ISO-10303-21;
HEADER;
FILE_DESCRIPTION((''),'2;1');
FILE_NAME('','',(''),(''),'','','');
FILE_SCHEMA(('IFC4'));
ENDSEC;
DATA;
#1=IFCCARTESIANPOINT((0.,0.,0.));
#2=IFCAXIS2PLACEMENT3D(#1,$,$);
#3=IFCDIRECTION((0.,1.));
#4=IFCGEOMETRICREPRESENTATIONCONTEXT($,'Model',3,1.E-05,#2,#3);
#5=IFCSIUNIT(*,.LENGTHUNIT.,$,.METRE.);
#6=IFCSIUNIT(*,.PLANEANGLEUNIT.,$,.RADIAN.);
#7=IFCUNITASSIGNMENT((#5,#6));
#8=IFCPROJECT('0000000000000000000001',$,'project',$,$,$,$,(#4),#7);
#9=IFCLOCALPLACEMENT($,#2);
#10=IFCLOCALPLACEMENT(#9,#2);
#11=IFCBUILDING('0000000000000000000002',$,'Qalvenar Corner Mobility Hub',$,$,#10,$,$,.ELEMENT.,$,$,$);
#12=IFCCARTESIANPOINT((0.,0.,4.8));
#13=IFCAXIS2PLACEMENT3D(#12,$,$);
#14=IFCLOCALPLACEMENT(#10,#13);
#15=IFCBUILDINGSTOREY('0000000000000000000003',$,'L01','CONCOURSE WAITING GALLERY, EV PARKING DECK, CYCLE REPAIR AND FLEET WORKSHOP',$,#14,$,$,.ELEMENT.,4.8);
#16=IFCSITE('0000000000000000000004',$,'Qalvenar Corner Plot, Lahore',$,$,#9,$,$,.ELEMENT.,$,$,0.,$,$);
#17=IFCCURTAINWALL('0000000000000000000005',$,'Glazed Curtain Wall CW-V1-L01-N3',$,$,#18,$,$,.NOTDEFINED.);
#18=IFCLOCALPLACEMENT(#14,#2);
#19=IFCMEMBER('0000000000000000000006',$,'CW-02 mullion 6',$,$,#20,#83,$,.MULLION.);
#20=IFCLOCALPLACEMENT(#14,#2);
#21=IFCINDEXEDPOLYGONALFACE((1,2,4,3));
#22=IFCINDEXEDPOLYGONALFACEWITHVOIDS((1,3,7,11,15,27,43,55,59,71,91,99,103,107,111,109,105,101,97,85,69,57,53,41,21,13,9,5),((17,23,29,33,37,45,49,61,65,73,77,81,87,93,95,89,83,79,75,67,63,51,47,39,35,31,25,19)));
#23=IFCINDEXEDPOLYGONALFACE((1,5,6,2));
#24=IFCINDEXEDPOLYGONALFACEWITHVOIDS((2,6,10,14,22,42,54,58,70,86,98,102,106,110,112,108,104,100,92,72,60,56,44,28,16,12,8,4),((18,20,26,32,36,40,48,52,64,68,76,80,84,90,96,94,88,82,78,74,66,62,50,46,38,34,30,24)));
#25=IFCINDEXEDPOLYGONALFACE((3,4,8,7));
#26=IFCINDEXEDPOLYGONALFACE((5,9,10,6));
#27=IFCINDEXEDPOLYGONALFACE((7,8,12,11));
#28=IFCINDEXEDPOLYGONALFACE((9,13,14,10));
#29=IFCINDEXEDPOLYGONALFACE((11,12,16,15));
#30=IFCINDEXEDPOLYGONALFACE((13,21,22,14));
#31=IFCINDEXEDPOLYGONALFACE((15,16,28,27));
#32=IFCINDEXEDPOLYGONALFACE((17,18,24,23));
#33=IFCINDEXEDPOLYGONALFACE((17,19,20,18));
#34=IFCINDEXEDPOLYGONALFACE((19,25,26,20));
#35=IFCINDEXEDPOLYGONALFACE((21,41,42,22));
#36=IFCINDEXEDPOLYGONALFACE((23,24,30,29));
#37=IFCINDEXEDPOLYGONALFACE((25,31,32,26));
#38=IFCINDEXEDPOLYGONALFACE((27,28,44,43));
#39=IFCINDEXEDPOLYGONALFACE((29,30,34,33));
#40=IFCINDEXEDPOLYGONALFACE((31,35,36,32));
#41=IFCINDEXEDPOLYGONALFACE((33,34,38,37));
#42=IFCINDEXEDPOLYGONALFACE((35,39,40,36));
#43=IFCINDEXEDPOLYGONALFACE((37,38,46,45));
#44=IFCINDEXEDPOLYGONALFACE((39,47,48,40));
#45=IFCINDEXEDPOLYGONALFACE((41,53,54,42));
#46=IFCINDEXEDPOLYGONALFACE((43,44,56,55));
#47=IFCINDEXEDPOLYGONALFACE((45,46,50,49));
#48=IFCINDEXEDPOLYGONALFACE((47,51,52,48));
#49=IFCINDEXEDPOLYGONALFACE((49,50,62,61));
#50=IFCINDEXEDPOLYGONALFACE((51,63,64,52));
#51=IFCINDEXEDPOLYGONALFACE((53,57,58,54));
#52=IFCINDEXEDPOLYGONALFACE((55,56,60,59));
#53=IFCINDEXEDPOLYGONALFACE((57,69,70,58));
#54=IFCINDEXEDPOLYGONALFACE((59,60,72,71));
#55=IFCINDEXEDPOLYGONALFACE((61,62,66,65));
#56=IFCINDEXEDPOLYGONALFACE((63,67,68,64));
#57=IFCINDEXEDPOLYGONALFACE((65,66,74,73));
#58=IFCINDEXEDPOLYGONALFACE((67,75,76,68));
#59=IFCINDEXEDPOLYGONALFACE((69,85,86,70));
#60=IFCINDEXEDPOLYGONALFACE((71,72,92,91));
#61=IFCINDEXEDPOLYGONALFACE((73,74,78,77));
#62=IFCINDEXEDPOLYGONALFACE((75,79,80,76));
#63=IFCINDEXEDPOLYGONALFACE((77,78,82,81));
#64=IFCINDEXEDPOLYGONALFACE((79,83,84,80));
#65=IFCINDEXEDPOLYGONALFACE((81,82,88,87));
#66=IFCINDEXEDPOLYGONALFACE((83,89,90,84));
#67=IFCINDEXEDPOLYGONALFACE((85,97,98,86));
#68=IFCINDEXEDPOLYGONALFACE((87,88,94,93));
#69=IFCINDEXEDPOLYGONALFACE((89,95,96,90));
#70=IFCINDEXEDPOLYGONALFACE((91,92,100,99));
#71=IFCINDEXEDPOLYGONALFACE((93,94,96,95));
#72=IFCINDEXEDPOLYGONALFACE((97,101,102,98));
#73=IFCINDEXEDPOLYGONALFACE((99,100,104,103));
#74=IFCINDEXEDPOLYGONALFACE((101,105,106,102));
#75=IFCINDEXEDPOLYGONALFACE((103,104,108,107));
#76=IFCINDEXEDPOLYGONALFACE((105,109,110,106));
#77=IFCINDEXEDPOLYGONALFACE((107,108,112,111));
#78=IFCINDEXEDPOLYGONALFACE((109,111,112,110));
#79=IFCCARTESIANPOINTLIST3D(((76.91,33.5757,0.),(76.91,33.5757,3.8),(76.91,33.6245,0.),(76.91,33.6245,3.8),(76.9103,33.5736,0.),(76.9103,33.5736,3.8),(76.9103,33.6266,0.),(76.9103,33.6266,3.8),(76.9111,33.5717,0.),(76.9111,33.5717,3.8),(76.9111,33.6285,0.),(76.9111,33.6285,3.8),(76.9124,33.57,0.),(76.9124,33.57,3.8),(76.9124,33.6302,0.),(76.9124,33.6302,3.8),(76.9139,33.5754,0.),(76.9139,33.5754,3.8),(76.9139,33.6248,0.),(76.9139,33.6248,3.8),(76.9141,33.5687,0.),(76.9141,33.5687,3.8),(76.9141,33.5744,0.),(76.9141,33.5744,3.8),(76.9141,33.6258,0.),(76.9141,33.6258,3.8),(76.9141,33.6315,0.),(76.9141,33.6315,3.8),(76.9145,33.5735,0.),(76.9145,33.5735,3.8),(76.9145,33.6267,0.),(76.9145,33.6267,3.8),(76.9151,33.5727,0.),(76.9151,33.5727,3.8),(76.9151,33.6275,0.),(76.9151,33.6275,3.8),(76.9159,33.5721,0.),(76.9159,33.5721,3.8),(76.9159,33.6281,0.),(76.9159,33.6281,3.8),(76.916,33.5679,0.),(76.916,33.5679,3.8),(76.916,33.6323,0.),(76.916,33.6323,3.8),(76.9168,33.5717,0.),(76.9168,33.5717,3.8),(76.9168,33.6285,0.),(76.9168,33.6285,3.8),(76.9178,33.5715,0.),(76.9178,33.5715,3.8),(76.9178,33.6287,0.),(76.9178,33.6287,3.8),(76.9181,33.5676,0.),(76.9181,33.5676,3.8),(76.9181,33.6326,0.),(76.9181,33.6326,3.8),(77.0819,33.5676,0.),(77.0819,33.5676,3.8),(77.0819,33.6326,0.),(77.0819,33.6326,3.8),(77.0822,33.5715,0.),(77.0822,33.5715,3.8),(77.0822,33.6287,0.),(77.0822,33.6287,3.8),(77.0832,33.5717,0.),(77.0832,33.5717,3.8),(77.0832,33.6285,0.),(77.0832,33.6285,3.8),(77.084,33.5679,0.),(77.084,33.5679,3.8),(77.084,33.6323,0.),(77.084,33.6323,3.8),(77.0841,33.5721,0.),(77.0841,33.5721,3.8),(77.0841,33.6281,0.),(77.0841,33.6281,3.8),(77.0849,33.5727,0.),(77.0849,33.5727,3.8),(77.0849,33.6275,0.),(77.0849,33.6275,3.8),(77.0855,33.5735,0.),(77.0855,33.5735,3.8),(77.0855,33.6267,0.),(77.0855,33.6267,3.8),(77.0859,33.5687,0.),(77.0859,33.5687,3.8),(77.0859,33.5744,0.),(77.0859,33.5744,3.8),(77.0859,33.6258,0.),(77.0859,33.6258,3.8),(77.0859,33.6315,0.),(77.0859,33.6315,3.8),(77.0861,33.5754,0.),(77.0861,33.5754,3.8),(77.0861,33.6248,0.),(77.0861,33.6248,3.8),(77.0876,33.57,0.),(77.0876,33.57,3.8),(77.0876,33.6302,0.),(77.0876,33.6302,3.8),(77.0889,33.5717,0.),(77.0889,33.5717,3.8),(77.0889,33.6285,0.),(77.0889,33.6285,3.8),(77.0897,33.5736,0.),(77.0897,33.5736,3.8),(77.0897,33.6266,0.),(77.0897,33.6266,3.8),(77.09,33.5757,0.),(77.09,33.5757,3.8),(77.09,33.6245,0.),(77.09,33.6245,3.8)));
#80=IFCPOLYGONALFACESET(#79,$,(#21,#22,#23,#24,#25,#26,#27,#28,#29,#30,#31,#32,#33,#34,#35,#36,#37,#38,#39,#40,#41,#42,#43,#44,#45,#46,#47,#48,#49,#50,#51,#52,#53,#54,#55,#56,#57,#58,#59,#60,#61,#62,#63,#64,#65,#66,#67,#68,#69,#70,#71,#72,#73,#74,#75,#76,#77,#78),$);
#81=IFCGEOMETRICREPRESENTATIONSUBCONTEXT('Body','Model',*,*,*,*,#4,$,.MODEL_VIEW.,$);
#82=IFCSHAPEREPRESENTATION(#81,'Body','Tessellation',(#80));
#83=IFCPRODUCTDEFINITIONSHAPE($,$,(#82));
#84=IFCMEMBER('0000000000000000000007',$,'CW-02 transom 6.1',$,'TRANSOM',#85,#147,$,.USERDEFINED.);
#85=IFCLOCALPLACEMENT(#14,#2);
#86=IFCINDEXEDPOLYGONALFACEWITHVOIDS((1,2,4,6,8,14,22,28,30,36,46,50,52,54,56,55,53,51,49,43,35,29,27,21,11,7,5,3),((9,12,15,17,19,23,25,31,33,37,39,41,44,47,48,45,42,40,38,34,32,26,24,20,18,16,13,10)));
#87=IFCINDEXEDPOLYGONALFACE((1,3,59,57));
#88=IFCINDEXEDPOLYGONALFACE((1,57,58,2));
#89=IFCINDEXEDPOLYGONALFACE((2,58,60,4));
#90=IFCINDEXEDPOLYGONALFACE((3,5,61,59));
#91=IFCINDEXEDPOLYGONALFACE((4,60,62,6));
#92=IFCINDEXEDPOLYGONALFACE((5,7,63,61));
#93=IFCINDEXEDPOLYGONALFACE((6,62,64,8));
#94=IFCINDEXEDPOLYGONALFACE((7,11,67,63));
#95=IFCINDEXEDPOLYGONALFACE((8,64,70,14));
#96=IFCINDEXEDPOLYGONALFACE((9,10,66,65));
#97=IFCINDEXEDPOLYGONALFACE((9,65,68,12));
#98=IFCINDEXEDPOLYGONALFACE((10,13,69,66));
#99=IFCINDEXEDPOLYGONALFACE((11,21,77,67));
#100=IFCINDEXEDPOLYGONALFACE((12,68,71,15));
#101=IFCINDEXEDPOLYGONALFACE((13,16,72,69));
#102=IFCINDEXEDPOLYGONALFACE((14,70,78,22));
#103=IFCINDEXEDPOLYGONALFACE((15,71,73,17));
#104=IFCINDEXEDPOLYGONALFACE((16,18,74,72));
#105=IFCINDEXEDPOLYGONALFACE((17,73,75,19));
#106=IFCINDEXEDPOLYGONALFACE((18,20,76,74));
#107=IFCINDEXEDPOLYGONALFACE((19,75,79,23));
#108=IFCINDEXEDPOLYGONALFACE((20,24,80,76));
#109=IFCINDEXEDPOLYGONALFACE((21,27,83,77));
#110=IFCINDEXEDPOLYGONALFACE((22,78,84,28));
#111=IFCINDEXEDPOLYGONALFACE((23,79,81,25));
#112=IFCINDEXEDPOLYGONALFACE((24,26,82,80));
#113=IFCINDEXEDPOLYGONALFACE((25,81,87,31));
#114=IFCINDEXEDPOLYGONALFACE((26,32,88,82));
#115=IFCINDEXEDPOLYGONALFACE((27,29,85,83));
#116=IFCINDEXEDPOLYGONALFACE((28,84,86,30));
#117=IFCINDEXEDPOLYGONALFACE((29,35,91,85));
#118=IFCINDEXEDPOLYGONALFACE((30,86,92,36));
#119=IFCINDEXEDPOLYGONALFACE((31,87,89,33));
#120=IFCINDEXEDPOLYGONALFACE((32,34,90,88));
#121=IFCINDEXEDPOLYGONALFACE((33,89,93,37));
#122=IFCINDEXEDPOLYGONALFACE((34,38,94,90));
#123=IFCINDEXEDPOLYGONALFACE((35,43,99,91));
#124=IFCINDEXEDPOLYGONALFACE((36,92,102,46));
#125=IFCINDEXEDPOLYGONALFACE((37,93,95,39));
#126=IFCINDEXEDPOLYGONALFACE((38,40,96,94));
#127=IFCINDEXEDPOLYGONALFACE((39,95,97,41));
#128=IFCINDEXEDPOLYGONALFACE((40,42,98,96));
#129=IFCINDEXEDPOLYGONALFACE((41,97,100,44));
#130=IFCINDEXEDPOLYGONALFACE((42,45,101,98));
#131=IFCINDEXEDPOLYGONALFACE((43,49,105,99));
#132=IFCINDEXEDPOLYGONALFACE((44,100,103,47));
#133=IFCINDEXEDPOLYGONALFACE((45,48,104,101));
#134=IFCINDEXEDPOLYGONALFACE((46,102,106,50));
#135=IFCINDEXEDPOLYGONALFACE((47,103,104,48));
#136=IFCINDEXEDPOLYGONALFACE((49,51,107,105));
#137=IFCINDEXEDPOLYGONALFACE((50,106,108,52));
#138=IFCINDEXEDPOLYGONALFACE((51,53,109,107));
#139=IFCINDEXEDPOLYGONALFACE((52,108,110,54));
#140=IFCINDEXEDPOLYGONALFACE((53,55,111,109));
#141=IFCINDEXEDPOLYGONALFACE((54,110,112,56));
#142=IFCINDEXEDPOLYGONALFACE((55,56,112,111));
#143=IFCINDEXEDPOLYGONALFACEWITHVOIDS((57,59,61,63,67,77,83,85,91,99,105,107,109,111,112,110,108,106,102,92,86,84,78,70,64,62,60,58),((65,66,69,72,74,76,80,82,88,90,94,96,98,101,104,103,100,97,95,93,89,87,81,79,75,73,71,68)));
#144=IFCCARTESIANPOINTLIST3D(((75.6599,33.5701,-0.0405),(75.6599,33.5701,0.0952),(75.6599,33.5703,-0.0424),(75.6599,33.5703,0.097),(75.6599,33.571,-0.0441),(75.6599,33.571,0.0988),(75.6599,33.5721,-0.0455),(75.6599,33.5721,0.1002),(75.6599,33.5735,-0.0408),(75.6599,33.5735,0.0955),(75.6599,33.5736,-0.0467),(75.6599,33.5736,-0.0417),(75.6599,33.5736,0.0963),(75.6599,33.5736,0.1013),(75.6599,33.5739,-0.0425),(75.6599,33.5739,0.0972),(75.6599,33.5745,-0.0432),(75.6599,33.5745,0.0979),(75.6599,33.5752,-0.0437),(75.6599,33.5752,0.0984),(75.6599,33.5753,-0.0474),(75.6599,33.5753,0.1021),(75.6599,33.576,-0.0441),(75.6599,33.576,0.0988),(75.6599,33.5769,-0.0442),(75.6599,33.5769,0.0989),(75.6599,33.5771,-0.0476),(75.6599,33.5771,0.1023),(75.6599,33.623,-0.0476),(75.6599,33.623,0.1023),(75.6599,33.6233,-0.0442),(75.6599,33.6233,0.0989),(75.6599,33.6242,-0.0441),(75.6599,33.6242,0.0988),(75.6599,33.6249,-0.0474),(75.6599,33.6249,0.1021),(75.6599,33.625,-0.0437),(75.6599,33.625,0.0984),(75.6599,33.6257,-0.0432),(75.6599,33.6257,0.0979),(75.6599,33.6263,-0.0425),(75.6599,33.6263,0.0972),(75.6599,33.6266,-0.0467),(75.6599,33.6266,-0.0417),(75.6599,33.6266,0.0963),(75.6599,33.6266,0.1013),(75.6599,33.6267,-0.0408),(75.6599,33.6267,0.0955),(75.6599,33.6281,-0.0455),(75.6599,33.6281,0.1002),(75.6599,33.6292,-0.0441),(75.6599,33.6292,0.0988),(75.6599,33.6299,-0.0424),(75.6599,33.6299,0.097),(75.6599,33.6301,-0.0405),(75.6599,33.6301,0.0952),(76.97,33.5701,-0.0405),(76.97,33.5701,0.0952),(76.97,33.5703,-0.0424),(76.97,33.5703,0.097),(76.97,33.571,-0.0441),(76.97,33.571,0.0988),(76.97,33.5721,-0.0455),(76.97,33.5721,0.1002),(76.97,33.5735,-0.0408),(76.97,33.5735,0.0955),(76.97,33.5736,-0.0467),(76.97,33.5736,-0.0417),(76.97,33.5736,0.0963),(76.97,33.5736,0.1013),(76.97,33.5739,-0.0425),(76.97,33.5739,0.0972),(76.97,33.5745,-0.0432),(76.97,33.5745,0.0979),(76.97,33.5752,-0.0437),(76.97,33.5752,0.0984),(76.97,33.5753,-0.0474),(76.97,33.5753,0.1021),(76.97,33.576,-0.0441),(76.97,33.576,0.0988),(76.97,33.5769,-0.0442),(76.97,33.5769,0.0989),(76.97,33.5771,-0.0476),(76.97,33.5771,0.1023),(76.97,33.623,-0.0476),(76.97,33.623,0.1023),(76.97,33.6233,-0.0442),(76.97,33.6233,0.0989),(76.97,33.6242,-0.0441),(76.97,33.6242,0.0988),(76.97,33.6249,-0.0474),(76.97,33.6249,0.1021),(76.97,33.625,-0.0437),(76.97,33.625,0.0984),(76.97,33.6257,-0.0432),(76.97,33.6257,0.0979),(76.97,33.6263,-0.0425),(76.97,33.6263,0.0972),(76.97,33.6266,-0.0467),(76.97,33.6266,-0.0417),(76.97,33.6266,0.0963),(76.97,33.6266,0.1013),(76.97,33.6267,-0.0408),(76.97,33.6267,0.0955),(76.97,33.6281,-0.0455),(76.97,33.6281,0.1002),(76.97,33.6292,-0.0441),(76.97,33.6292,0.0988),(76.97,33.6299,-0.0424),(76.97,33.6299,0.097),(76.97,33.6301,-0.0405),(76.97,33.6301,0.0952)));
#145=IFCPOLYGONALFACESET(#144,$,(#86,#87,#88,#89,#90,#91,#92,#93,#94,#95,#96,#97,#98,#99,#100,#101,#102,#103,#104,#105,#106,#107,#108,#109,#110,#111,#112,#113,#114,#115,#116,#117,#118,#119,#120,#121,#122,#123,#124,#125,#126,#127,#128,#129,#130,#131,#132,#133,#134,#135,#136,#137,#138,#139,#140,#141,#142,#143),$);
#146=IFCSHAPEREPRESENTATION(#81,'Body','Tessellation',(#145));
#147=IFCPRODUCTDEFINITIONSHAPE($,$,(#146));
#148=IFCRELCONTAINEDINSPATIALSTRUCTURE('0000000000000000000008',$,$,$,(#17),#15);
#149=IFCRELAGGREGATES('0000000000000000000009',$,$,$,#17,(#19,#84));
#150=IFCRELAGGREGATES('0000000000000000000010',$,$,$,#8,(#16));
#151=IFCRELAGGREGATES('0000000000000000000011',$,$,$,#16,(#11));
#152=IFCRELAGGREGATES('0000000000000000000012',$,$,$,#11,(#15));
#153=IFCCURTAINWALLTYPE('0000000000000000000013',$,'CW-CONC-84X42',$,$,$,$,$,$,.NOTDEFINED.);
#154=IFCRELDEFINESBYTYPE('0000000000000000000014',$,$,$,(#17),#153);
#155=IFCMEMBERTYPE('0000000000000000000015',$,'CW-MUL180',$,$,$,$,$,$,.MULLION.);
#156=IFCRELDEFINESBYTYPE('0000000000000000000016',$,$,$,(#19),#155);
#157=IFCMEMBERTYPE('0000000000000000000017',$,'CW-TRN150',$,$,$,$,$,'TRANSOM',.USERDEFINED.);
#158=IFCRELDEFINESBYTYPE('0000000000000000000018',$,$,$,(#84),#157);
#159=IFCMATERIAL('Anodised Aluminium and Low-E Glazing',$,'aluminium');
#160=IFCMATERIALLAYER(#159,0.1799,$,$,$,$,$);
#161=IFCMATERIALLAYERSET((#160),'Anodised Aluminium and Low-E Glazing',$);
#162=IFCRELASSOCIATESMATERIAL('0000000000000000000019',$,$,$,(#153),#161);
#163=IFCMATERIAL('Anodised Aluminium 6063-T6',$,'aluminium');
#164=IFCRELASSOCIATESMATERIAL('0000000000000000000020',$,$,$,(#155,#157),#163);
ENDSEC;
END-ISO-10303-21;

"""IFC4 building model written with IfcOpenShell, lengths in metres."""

from ifc_helpers import new_model, si_unit, direction, frame, origin, origin_2d, place, context, subcontext, project, spatial, hollow_rectangle, extrude, material, layer, layer_set, material_profile, profile_set, type_object, element, aggregate, save


model = new_model("IFC4")

# Units and contexts
model_context = context("Model", 3, precision=1e-05, world=origin(), true_north=direction((0.0, 1.0)))
body_context = subcontext(model_context, "Body", "Model", "MODEL_VIEW")
ifc_project = project(units=[si_unit("LENGTHUNIT", "METRE"), si_unit("PLANEANGLEUNIT", "RADIAN")], contexts=[model_context])

# Site, building, storey
site_placement = place(None, origin())
site = spatial("IfcSite", under=ifc_project, at=site_placement, Name="Qalvenar Corner Plot, Lahore", CompositionType="ELEMENT", RefElevation=0.0)
building_placement = place(site_placement, origin())
building = spatial("IfcBuilding", under=site, at=building_placement, Name="Qalvenar Corner Mobility Hub", CompositionType="ELEMENT")
storey_placement = place(building_placement, frame((0.0, 0.0, 4.8)))
storey = spatial("IfcBuildingStorey", under=building, at=storey_placement, Name="L01", Description="CONCOURSE WAITING GALLERY, EV PARKING DECK, CYCLE REPAIR AND FLEET WORKSHOP", CompositionType="ELEMENT", Elevation=4.8)

# Curtain wall, members
ifc_material_1 = material(Name="Anodised Aluminium and Low-E Glazing", Category="aluminium")
ifc_layer_1 = layer(ifc_material_1, 0.1799)
ifc_layer_set_1 = layer_set([ifc_layer_1], Name="Anodised Aluminium and Low-E Glazing")
curtain_wall_type = type_object("IfcCurtainWallType", Name="CW-CONC-84X42", PredefinedType="NOTDEFINED", material=ifc_layer_set_1)
curtain_wall_placement = place(storey_placement, origin())
curtain_wall = element("IfcCurtainWall", 1, at=curtain_wall_placement, inside=storey, type_object=curtain_wall_type, Name="Glazed Curtain Wall CW-V1-L01-N3", PredefinedType="NOTDEFINED")
ifc_material_2 = material(Name="Anodised Aluminium 6063-T6", Category="aluminium")
ifc_material_profile_1 = material_profile(ifc_material_2, hollow_rectangle(XDim=0.0649, YDim=0.1799, WallThickness=0.0039, InnerFilletRadius=0.0039, OuterFilletRadius=0.0081, at=origin_2d()), Name="RHS180x65x4")
ifc_profile_set_1 = profile_set([ifc_material_profile_1], Name="Anodised Aluminium 6063-T6")
member_type_1 = type_object("IfcMemberType", Name="CW-MUL180", PredefinedType="MULLION", material=ifc_profile_set_1)
member_1_placement = place(storey_placement, frame((77.0, 33.6001, 0.0), z_axis=(0.0, 0.0, 1.0), x_axis=(0.0, -1.0, 0.0)))
member_1 = element("IfcMember", 2, at=member_1_placement, type_object=member_type_1, Name="CW-02 mullion 6", PredefinedType="MULLION", context=body_context, shape_type="SweptSolid", body=[
    extrude(hollow_rectangle(XDim=0.0649, YDim=0.1799, WallThickness=0.0039, InnerFilletRadius=0.0039, OuterFilletRadius=0.0081, at=origin_2d()), origin(), (0.0, 0.0, 1.0), 3.8),
])
ifc_material_profile_2 = material_profile(ifc_material_2, hollow_rectangle(XDim=0.0601, YDim=0.1499, WallThickness=0.0034, InnerFilletRadius=0.0034, OuterFilletRadius=0.0071, at=origin_2d()), Name="RHS150x60x3.5")
ifc_profile_set_2 = profile_set([ifc_material_profile_2], Name="Anodised Aluminium 6063-T6")
member_type_2 = type_object("IfcMemberType", Name="CW-TRN150", ElementType="TRANSOM", PredefinedType="USERDEFINED", material=ifc_profile_set_2)
member_2_placement = place(storey_placement, frame((76.97, 33.6001, 0.0273), z_axis=(-1.0, 0.0, 0.0), x_axis=(0.0, -1.0, 0.0)))
member_2 = element("IfcMember", 3, at=member_2_placement, type_object=member_type_2, Name="CW-02 transom 6.1", ObjectType="TRANSOM", PredefinedType="USERDEFINED", context=body_context, shape_type="SweptSolid", body=[
    extrude(hollow_rectangle(XDim=0.0601, YDim=0.1499, WallThickness=0.0034, InnerFilletRadius=0.0034, OuterFilletRadius=0.0071, at=origin_2d()), origin(), (0.0, 0.0, 1.0), 1.3101),
])
aggregate(curtain_wall, [member_1, member_2])

save(model, "model.ifc")
